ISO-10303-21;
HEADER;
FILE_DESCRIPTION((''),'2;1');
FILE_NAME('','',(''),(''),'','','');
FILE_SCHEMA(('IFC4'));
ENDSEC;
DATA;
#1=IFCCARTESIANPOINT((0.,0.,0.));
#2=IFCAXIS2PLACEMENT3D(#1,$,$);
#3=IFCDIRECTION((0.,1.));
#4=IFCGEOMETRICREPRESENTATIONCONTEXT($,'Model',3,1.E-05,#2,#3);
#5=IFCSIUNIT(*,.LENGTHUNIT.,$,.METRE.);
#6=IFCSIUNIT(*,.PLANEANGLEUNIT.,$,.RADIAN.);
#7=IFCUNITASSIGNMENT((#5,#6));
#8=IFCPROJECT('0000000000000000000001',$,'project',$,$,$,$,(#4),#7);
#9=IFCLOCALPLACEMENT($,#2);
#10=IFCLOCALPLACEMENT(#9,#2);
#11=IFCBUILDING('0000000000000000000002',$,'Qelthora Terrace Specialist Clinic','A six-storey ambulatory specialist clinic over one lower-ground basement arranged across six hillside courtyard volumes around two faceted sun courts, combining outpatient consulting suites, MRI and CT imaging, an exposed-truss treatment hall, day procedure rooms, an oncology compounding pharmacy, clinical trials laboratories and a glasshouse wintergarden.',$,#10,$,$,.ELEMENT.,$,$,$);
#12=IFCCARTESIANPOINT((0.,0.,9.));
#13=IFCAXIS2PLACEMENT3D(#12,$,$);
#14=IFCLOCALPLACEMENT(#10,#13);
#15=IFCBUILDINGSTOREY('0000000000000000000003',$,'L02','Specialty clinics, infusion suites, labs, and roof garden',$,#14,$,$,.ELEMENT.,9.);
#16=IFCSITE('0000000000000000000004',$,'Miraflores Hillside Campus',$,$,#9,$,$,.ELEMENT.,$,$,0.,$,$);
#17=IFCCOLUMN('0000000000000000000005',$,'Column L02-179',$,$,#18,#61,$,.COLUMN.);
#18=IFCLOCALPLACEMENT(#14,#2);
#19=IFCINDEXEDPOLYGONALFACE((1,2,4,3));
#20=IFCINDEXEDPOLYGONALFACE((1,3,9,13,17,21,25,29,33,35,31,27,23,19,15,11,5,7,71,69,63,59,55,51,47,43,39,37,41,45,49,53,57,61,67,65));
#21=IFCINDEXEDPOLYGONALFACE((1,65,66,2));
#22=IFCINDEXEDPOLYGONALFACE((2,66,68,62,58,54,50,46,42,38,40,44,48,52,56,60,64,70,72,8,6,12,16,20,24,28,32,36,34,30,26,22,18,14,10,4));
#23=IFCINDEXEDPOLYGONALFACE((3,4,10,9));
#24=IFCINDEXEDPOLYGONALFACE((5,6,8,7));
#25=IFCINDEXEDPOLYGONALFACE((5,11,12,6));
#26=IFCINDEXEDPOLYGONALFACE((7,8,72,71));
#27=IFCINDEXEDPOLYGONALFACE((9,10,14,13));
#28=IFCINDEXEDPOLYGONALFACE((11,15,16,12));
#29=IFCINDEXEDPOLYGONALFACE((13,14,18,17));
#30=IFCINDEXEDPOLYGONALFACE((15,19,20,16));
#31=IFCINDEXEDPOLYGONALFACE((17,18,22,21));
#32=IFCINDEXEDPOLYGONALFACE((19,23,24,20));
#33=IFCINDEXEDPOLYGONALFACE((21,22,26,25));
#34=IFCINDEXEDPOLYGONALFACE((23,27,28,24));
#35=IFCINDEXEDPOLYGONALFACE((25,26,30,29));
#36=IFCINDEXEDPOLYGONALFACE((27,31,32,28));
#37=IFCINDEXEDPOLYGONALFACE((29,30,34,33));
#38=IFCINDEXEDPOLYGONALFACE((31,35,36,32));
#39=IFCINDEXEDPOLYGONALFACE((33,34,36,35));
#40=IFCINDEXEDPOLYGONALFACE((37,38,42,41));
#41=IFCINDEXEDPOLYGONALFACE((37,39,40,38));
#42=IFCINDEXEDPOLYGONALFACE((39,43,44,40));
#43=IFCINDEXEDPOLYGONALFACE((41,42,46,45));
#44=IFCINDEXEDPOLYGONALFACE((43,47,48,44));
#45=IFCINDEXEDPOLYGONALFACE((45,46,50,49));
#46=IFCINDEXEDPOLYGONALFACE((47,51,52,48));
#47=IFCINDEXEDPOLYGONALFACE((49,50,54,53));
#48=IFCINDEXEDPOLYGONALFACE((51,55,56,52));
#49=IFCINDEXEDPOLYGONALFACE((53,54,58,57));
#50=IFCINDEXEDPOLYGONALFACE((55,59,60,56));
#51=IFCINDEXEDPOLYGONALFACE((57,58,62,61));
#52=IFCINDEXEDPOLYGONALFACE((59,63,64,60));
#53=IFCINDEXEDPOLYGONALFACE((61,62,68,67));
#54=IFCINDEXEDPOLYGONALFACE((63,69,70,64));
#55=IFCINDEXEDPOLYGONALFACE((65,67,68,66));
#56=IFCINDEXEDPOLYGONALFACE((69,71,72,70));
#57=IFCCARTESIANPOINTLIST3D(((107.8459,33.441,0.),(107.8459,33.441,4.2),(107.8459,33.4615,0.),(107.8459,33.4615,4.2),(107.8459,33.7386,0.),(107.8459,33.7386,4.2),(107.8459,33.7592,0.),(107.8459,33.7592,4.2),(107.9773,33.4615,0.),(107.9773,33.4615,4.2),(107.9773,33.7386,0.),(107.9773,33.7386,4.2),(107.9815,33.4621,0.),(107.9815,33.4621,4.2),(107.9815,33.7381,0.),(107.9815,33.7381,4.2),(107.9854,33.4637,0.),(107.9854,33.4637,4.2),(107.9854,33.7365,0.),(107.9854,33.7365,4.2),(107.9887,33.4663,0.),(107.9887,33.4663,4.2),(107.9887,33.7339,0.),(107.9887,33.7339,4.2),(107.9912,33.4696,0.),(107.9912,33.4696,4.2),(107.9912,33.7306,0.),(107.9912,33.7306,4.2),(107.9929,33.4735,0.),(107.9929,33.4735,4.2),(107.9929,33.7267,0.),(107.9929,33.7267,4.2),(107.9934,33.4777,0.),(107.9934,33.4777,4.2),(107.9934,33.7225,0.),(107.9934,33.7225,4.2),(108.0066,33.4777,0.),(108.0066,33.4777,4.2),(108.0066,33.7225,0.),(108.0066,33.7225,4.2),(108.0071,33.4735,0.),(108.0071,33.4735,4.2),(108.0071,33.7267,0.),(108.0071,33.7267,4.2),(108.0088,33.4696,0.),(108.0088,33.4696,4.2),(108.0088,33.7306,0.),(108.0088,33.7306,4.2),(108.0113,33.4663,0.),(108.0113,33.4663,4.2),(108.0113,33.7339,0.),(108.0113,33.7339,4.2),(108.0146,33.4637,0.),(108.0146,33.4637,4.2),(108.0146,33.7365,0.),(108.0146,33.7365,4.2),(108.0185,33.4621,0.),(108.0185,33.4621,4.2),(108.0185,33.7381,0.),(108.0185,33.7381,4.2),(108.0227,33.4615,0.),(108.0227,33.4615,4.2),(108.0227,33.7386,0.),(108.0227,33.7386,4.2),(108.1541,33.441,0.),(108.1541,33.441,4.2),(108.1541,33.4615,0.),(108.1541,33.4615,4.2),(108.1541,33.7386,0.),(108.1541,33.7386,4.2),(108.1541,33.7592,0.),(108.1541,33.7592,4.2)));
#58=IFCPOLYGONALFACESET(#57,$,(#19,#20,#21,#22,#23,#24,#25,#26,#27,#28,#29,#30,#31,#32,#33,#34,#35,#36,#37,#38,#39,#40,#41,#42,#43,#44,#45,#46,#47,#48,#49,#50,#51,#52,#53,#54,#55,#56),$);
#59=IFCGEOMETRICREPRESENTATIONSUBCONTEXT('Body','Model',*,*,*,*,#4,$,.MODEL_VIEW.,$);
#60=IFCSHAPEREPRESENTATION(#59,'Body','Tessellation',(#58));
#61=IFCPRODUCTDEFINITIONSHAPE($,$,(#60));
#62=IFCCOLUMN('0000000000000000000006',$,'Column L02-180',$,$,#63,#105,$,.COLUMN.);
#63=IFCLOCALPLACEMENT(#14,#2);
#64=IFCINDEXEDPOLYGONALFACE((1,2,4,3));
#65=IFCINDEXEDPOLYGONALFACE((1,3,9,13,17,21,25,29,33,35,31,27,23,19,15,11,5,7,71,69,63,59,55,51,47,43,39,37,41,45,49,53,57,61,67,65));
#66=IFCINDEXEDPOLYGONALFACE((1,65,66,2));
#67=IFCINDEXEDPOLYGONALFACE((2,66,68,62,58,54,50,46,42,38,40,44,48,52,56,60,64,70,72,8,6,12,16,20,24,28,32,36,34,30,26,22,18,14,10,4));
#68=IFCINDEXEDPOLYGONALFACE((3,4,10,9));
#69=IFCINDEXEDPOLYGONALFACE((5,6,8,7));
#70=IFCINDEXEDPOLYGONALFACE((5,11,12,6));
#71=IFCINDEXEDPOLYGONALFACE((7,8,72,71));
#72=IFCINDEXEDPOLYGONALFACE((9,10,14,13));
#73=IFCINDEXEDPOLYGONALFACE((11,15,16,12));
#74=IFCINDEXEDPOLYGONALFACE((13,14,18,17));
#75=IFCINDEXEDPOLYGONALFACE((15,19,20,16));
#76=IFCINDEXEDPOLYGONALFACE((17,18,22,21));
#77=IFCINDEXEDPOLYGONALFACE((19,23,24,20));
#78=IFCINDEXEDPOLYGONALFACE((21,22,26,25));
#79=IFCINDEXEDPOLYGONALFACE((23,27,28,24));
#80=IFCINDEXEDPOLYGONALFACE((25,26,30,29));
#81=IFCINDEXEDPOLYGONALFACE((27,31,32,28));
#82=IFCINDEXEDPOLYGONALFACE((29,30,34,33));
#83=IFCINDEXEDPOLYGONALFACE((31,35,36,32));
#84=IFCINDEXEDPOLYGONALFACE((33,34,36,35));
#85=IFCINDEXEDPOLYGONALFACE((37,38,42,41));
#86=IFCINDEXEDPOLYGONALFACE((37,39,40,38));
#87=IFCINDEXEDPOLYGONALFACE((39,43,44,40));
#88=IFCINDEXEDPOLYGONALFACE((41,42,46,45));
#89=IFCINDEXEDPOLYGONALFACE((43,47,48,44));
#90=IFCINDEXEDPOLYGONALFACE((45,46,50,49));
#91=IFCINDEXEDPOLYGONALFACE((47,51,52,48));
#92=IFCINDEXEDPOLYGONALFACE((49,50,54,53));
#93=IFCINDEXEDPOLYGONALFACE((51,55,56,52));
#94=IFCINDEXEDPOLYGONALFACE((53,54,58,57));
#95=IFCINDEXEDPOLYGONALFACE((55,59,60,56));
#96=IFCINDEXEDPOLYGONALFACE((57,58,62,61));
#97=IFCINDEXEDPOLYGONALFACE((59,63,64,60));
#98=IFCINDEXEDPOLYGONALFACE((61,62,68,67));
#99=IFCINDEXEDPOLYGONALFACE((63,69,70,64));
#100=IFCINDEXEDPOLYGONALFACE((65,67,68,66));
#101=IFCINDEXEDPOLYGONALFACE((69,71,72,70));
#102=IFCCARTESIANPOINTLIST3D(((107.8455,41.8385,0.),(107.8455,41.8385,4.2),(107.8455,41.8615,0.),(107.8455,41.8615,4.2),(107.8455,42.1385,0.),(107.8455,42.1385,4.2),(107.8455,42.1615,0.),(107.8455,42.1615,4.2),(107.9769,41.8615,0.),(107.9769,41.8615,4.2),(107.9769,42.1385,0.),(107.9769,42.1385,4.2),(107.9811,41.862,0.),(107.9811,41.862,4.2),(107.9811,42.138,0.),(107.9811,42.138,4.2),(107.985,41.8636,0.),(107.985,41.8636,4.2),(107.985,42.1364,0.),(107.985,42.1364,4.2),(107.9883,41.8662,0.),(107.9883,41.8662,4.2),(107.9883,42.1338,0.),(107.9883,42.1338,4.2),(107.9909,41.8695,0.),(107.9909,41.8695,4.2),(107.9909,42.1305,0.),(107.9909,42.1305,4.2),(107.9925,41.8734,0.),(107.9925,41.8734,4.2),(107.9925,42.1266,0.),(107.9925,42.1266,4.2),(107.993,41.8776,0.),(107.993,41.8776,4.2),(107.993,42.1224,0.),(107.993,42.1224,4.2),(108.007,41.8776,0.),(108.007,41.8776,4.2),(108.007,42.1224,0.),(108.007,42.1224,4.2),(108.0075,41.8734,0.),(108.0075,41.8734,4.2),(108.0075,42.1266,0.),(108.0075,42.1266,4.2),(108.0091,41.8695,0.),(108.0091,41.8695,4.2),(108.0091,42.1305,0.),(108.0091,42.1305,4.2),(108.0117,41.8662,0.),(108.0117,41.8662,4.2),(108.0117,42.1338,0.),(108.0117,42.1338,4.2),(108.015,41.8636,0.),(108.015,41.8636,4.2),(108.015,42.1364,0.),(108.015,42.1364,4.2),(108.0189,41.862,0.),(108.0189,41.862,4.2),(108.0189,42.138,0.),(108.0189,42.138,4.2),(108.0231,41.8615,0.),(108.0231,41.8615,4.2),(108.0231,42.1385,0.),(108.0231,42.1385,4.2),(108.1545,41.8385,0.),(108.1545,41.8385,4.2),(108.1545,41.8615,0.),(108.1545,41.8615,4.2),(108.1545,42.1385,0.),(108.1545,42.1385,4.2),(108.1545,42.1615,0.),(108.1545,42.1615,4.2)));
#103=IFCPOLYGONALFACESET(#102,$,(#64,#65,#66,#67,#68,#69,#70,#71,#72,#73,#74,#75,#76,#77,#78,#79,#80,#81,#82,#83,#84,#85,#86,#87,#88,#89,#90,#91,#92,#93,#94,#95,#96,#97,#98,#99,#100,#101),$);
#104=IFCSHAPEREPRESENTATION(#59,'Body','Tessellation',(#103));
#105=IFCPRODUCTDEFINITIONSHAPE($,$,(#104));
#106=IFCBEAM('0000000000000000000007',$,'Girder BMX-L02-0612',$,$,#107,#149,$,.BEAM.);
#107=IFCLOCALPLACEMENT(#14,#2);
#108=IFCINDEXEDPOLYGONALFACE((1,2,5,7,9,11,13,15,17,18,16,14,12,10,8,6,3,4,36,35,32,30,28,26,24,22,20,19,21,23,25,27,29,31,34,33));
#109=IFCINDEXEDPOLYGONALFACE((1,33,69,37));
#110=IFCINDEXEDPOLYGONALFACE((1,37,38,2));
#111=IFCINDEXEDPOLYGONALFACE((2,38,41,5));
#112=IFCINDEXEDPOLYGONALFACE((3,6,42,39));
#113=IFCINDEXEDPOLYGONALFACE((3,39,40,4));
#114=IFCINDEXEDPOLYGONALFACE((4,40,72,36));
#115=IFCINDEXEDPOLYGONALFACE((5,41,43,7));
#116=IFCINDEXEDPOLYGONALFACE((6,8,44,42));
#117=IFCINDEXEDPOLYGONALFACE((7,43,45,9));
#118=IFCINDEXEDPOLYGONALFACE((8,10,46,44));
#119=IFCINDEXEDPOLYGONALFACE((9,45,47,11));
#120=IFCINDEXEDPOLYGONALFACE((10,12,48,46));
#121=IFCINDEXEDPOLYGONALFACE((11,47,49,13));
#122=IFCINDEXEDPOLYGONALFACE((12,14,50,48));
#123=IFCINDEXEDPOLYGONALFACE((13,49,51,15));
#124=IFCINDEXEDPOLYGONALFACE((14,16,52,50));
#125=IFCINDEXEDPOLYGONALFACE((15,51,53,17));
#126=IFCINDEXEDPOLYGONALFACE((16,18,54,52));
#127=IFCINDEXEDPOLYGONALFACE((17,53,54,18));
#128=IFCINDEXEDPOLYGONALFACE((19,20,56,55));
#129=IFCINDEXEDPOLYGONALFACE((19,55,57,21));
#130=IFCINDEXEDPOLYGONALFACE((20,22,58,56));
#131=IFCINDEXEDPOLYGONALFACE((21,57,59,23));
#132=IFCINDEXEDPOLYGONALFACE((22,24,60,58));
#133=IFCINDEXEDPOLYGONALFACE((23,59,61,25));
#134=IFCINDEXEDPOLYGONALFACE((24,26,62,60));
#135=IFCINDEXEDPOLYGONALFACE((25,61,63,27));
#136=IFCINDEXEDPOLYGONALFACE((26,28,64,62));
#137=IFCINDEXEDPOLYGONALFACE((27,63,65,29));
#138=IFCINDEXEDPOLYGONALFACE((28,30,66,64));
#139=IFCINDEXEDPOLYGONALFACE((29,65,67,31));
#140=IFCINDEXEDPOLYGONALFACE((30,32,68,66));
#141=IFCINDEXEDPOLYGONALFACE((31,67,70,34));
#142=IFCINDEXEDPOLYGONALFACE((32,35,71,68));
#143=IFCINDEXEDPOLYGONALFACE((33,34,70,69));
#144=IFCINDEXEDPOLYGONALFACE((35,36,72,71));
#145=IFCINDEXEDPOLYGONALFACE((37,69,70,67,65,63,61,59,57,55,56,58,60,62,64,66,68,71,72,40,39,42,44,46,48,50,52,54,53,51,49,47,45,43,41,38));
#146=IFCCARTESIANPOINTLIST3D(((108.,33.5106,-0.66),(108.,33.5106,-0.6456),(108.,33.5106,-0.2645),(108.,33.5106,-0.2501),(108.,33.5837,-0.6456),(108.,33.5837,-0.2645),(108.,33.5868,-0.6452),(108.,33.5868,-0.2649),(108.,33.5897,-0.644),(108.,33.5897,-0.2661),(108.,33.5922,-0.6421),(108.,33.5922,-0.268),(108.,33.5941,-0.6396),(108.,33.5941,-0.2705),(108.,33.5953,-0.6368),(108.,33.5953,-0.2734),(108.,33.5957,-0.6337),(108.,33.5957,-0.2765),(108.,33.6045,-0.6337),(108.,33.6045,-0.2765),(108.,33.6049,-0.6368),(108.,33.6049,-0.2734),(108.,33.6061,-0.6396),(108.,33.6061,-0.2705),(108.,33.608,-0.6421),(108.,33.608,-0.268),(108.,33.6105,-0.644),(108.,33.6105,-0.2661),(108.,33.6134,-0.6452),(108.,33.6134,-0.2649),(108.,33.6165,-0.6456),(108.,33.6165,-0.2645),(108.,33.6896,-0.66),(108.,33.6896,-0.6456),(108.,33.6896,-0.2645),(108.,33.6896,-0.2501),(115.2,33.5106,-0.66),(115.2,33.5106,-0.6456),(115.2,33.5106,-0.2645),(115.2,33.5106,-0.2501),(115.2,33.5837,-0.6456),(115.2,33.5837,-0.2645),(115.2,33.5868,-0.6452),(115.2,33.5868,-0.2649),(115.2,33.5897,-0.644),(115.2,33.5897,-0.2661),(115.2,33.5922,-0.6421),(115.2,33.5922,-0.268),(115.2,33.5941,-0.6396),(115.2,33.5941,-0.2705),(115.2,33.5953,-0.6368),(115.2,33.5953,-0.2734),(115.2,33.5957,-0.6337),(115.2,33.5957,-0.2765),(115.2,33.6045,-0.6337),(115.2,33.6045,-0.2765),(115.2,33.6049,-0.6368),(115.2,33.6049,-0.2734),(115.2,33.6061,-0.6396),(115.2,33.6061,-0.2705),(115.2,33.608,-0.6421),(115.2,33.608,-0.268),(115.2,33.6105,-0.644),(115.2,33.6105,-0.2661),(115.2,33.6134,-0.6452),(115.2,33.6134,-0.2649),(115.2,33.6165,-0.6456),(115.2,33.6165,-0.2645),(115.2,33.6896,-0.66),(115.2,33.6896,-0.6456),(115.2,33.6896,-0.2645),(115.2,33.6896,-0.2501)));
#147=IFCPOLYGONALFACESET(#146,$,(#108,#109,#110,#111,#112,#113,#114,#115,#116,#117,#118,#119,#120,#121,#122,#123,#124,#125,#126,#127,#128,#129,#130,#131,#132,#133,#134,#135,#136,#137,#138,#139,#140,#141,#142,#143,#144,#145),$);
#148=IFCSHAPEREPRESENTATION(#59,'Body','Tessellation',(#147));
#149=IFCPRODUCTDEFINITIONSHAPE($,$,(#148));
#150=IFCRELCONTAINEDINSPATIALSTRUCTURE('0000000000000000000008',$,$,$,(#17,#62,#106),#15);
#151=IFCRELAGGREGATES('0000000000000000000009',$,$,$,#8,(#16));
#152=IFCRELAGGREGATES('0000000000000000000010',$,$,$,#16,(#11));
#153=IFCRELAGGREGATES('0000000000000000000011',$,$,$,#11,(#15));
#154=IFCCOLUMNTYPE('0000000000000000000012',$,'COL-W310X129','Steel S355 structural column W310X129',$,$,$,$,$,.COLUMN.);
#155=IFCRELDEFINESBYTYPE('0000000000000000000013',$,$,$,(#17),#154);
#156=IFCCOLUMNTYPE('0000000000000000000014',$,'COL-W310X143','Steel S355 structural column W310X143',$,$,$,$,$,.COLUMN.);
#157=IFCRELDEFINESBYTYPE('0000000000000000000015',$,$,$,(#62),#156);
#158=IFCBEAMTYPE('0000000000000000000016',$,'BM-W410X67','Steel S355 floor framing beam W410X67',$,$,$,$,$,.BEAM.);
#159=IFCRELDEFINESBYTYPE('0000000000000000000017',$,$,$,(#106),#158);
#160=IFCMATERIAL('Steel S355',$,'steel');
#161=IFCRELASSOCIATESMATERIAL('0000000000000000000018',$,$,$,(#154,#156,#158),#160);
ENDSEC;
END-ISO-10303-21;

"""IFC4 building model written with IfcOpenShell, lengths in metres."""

from ifc_helpers import new_model, si_unit, direction, frame, origin, origin_2d, place, context, subcontext, project, spatial, i_section, extrude, material, material_profile, profile_set, type_object, element, save


model = new_model("IFC4")

# Units and contexts
model_context = context("Model", 3, precision=1e-05, world=origin(), true_north=direction((0.0, 1.0)))
body_context = subcontext(model_context, "Body", "Model", "MODEL_VIEW")
ifc_project = project(units=[si_unit("LENGTHUNIT", "METRE"), si_unit("PLANEANGLEUNIT", "RADIAN")], contexts=[model_context])

# Site, building, storey
site_placement = place(None, origin())
site = spatial("IfcSite", under=ifc_project, at=site_placement, Name="Miraflores Hillside Campus", CompositionType="ELEMENT", RefElevation=0.0)
building_placement = place(site_placement, origin())
building = spatial("IfcBuilding", under=site, at=building_placement, Name="Qelthora Terrace Specialist Clinic", Description="A six-storey ambulatory specialist clinic over one lower-ground basement arranged across six hillside courtyard volumes around two faceted sun courts, combining outpatient consulting suites, MRI and CT imaging, an exposed-truss treatment hall, day procedure rooms, an oncology compounding pharmacy, clinical trials laboratories and a glasshouse wintergarden.", CompositionType="ELEMENT")
storey_placement = place(building_placement, frame((0.0, 0.0, 9.0)))
storey = spatial("IfcBuildingStorey", under=building, at=storey_placement, Name="L02", Description="Specialty clinics, infusion suites, labs, and roof garden", CompositionType="ELEMENT", Elevation=9.0)

# Columns
ifc_material_1 = material(Name="Steel S355", Category="steel")
ifc_material_profile_1 = material_profile(ifc_material_1, i_section(OverallWidth=0.3081, OverallDepth=0.3181, WebThickness=0.0132, FlangeThickness=0.0205, FilletRadius=0.0161, at=origin_2d()), Name="W310X129")
ifc_profile_set_1 = profile_set([ifc_material_profile_1], Name="Steel S355")
column_type_1 = type_object("IfcColumnType", Name="COL-W310X129", Description="Steel S355 structural column W310X129", PredefinedType="COLUMN", material=ifc_profile_set_1)
column_1_placement = place(storey_placement, frame((108.0, 33.6001, 0.0), z_axis=(0.0, 0.0, 1.0), x_axis=(1.0, 0.0, 0.0)))
element("IfcColumn", 1, at=column_1_placement, inside=storey, type_object=column_type_1, Name="Column L02-179", PredefinedType="COLUMN", context=body_context, shape_type="SweptSolid", body=[
    extrude(i_section(OverallWidth=0.3081, OverallDepth=0.3181, WebThickness=0.0132, FlangeThickness=0.0205, FilletRadius=0.0161, at=origin_2d()), origin(), (0.0, 0.0, 1.0), 4.2),
])
ifc_material_profile_2 = material_profile(ifc_material_1, i_section(OverallWidth=0.3091, OverallDepth=0.323, WebThickness=0.0139, FlangeThickness=0.0229, FilletRadius=0.0161, at=origin_2d()), Name="W310X143")
ifc_profile_set_2 = profile_set([ifc_material_profile_2], Name="Steel S355")
column_type_2 = type_object("IfcColumnType", Name="COL-W310X143", Description="Steel S355 structural column W310X143", PredefinedType="COLUMN", material=ifc_profile_set_2)
column_2_placement = place(storey_placement, frame((108.0, 42.0, 0.0), z_axis=(0.0, 0.0, 1.0), x_axis=(1.0, 0.0, 0.0)))
element("IfcColumn", 2, at=column_2_placement, inside=storey, type_object=column_type_2, Name="Column L02-180", PredefinedType="COLUMN", context=body_context, shape_type="SweptSolid", body=[
    extrude(i_section(OverallWidth=0.3091, OverallDepth=0.323, WebThickness=0.0139, FlangeThickness=0.0229, FilletRadius=0.0161, at=origin_2d()), origin(), (0.0, 0.0, 1.0), 4.2),
])

# Beam
ifc_material_profile_3 = material_profile(ifc_material_1, i_section(OverallWidth=0.179, OverallDepth=0.4099, WebThickness=0.0088, FlangeThickness=0.0144, FilletRadius=0.012, at=origin_2d()), Name="W410X67")
ifc_profile_set_3 = profile_set([ifc_material_profile_3], Name="Steel S355")
beam_type_1 = type_object("IfcBeamType", Name="BM-W410X67", Description="Steel S355 floor framing beam W410X67", PredefinedType="BEAM", material=ifc_profile_set_3)
beam_1_placement = place(storey_placement, frame((108.0, 33.6001, -0.4551), z_axis=(1.0, 0.0, 0.0), x_axis=(0.0, 1.0, 0.0)))
element("IfcBeam", 3, at=beam_1_placement, inside=storey, type_object=beam_type_1, Name="Girder BMX-L02-0612", PredefinedType="BEAM", context=body_context, shape_type="SweptSolid", body=[
    extrude(i_section(OverallWidth=0.179, OverallDepth=0.4099, WebThickness=0.0088, FlangeThickness=0.0144, FilletRadius=0.012, at=origin_2d()), origin(), (0.0, 0.0, 1.0), 7.2),
])

save(model, "model.ifc")
